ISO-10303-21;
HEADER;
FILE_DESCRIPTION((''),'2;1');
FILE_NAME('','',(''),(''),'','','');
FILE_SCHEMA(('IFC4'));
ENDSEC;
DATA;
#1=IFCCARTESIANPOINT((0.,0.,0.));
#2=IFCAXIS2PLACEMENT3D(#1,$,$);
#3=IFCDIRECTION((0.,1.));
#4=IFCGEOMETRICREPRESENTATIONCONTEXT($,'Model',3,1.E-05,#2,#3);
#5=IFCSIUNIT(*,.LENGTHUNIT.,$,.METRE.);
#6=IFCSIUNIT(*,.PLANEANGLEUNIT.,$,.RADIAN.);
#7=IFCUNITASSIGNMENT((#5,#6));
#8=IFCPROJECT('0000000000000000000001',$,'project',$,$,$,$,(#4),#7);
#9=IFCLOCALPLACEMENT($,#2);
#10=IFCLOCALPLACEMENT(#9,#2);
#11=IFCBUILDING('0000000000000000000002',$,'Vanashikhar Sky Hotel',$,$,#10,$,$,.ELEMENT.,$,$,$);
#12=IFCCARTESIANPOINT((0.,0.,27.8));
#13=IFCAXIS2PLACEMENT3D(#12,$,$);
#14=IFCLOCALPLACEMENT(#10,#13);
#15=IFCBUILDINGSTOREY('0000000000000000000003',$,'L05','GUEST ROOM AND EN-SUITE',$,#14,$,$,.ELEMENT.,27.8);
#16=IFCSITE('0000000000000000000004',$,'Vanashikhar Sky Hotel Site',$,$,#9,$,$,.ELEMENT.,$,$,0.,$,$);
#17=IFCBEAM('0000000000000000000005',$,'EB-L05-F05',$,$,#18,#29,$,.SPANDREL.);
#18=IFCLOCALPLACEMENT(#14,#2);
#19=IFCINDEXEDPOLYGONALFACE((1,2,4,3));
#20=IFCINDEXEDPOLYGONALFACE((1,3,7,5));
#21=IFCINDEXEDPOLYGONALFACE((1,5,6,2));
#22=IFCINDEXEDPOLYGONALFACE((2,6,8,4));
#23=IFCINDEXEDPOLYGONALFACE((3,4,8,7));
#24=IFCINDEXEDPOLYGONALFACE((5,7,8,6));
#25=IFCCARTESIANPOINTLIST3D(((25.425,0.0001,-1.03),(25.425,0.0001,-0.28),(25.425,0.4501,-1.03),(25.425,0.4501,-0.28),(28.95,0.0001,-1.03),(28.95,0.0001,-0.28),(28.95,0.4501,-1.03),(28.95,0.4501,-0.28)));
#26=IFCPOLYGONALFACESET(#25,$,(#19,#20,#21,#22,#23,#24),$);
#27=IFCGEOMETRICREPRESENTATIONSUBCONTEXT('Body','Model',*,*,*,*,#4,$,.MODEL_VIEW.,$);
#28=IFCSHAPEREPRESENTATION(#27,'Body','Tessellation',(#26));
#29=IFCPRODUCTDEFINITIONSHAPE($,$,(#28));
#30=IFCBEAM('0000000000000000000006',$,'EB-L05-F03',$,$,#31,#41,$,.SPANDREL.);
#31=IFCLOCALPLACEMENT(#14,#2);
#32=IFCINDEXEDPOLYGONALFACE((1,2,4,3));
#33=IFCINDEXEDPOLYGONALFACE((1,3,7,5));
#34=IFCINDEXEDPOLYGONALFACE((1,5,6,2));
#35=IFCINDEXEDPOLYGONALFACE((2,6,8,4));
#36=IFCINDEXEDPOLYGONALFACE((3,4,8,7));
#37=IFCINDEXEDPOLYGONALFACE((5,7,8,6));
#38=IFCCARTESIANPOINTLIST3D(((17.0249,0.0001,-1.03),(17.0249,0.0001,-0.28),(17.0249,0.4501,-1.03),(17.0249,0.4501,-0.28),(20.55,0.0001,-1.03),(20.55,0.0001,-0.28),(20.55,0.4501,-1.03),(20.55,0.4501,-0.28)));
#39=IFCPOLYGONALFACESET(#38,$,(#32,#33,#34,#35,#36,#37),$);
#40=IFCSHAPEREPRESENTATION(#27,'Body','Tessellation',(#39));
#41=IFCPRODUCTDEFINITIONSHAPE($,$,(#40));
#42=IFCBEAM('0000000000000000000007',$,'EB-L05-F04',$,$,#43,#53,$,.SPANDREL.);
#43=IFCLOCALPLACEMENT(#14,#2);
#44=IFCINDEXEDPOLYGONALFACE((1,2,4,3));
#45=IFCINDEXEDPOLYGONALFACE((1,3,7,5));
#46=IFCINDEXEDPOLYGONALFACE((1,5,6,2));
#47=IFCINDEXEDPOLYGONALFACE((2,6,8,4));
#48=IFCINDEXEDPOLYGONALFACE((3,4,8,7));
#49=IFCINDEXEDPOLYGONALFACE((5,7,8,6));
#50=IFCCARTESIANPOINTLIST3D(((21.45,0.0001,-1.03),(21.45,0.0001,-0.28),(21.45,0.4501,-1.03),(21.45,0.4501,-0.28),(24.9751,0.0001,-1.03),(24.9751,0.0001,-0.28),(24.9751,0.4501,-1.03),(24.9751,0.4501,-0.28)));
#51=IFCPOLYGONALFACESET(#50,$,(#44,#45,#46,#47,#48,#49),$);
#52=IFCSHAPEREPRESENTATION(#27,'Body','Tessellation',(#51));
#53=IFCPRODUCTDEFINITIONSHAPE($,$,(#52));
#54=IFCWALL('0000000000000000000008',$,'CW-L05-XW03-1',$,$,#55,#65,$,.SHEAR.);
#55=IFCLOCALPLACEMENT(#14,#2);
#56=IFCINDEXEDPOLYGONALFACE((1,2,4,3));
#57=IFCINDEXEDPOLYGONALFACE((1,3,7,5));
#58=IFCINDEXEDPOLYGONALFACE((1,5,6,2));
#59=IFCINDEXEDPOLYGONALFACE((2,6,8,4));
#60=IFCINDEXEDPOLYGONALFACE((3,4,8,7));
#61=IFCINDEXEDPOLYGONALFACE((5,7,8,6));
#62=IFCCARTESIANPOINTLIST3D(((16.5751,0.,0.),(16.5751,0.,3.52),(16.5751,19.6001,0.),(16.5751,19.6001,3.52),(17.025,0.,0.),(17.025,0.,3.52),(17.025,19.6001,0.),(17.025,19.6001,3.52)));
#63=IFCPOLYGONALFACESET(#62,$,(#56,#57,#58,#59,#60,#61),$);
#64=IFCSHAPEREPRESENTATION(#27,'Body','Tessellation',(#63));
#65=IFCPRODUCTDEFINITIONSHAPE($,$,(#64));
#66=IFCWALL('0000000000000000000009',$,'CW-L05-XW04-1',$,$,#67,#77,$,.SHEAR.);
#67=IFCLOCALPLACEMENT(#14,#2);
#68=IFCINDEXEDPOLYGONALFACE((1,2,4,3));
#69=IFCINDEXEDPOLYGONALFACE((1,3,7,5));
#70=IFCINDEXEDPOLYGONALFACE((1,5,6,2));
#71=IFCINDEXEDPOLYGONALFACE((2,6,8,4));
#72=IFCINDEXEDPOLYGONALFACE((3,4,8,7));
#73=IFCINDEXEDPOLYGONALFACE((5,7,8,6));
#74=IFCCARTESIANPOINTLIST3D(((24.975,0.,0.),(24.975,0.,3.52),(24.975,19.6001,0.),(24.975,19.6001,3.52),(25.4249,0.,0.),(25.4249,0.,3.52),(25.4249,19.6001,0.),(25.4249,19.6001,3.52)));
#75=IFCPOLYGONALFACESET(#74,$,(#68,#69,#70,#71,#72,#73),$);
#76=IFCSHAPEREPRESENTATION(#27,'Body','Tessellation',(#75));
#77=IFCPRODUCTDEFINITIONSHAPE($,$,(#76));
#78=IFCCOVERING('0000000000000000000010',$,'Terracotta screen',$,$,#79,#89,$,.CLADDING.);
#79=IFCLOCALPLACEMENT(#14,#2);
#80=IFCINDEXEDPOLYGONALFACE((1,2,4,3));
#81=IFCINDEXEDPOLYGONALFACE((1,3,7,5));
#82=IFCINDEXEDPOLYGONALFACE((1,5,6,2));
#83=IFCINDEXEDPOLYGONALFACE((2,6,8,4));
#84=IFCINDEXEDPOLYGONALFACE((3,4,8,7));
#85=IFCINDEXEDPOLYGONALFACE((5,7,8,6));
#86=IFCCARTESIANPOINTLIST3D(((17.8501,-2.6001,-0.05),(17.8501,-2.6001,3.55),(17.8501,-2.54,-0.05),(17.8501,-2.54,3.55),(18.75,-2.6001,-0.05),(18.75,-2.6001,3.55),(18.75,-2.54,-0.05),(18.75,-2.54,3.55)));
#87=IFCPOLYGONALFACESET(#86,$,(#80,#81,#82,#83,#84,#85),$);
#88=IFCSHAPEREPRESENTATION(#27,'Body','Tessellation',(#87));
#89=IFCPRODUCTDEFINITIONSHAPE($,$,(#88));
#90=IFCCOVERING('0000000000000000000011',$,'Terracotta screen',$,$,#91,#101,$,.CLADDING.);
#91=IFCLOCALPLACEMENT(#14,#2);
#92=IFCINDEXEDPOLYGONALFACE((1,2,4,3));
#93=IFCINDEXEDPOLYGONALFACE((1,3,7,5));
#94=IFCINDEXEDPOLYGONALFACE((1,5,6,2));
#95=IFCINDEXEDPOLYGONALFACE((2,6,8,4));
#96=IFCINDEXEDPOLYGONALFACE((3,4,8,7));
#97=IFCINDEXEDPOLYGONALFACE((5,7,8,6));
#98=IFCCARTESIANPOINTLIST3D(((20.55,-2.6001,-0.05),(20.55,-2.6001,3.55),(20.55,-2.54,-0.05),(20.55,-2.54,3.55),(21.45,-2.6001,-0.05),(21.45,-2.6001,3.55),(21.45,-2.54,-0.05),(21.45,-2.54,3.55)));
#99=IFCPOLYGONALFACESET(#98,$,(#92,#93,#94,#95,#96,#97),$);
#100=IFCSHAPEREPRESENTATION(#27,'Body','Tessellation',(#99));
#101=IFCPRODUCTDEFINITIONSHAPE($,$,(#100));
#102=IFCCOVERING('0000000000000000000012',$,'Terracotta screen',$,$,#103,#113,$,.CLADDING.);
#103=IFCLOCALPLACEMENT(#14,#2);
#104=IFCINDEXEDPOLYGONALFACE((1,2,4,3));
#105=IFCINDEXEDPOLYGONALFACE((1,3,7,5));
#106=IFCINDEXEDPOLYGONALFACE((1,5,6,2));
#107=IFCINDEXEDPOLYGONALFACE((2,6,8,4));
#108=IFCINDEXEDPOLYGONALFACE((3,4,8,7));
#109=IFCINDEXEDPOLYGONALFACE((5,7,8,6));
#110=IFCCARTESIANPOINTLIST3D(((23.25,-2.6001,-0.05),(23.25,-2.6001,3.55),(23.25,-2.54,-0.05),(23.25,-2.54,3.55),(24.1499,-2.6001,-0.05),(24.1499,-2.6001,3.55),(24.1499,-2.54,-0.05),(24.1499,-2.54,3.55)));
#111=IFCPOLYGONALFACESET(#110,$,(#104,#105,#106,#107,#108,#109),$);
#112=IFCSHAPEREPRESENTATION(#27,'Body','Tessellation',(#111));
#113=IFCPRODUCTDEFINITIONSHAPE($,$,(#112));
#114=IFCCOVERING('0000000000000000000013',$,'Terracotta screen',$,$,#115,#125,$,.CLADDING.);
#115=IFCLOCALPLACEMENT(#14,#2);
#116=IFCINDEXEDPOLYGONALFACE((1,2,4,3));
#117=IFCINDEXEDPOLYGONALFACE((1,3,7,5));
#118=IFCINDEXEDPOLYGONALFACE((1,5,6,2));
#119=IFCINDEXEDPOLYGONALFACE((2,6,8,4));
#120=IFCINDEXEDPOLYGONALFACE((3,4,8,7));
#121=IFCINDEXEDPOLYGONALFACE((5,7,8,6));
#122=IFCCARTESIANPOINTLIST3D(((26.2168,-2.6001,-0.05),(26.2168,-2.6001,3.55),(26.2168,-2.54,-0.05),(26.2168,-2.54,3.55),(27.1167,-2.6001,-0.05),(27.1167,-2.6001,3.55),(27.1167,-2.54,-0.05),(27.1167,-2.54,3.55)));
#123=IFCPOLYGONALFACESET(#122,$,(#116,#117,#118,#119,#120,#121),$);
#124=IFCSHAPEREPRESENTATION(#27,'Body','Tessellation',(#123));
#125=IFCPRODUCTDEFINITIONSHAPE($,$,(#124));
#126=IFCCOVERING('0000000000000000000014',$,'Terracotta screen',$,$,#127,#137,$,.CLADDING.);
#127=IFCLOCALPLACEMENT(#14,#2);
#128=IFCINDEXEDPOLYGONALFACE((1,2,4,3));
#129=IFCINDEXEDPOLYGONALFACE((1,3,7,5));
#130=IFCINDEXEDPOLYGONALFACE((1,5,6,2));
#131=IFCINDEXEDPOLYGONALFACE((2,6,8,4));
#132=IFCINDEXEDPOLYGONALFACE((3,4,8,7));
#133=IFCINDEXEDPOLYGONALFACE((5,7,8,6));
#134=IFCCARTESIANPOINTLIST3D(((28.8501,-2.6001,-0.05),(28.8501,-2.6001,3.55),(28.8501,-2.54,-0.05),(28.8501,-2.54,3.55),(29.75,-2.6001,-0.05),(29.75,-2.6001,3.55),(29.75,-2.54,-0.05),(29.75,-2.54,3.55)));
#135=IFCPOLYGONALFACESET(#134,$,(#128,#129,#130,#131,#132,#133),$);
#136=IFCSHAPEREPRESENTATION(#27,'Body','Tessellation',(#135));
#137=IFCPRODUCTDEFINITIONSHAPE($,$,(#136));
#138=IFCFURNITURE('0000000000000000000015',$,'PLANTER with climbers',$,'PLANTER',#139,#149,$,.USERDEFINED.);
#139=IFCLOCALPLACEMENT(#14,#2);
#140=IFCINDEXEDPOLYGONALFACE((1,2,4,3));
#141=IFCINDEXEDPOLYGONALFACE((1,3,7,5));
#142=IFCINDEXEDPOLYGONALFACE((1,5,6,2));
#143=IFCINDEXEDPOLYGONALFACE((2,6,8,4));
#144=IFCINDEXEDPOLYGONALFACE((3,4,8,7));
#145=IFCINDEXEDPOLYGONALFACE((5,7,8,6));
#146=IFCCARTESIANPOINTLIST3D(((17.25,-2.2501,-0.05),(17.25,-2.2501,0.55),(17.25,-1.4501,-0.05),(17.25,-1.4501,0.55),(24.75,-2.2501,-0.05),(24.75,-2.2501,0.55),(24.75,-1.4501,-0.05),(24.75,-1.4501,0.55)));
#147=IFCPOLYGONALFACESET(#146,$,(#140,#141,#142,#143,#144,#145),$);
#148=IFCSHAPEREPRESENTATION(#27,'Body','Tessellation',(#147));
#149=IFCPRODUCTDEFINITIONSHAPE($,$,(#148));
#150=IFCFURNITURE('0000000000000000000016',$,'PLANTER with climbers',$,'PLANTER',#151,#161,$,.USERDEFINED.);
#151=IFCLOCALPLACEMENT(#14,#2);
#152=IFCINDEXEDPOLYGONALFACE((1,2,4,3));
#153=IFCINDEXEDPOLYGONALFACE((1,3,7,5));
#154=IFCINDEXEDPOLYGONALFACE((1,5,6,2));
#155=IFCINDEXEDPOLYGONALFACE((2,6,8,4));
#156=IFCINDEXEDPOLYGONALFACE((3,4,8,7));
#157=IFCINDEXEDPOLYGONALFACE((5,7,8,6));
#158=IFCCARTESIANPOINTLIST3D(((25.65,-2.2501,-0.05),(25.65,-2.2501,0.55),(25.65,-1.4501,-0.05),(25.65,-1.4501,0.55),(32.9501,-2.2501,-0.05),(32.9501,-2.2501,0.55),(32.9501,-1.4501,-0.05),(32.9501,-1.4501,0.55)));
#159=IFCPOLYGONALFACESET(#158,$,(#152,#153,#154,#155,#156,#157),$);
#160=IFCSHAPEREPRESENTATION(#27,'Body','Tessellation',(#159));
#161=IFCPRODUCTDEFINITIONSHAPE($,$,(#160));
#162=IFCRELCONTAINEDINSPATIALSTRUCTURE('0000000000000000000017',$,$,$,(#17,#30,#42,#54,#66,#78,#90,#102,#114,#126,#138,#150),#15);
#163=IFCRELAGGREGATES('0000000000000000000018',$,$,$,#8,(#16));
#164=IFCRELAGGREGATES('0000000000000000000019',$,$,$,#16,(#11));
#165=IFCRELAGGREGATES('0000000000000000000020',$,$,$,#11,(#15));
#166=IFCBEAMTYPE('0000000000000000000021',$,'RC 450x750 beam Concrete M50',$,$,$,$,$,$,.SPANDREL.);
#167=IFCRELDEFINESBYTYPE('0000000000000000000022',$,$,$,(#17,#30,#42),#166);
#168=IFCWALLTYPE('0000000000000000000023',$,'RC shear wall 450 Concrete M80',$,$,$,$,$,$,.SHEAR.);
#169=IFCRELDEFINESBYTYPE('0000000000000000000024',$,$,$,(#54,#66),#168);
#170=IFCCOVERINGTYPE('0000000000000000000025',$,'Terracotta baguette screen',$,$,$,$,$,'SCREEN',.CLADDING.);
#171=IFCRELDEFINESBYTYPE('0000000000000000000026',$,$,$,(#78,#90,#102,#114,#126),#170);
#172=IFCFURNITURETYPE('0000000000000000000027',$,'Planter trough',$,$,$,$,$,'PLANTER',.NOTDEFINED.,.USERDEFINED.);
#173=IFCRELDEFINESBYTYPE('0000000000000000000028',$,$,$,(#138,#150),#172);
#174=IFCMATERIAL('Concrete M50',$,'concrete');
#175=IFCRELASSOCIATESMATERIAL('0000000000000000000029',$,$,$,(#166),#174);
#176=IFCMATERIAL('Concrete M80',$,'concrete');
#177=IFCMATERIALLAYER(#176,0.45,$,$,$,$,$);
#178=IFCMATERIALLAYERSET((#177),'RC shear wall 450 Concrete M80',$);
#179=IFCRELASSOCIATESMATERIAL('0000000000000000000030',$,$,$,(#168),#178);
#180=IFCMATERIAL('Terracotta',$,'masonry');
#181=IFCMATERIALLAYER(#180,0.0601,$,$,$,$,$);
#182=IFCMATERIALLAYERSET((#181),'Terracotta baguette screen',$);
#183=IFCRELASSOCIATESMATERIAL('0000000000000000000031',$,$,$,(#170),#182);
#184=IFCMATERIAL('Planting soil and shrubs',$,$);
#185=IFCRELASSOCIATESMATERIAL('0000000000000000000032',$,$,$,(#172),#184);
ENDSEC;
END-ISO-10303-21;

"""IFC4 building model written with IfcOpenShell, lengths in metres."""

from ifc_helpers import new_model, si_unit, direction, frame, frame_2d, origin, origin_2d, place, context, subcontext, project, spatial, rectangle, extrude, source, transform, mapped, material, layer, layer_set, material_profile, profile_set, type_object, element, save


model = new_model("IFC4")

# Units and contexts
model_context = context("Model", 3, precision=1e-05, world=origin(), true_north=direction((0.0, 1.0)))
body_context = subcontext(model_context, "Body", "Model", "MODEL_VIEW")
ifc_project = project(units=[si_unit("LENGTHUNIT", "METRE"), si_unit("PLANEANGLEUNIT", "RADIAN")], contexts=[model_context])

# Site, building, storey
site_placement = place(None, origin())
site = spatial("IfcSite", under=ifc_project, at=site_placement, Name="Vanashikhar Sky Hotel Site", CompositionType="ELEMENT", RefElevation=0.0)
building_placement = place(site_placement, origin())
building = spatial("IfcBuilding", under=site, at=building_placement, Name="Vanashikhar Sky Hotel", CompositionType="ELEMENT")
storey_placement = place(building_placement, frame((0.0, 0.0, 27.8)))
storey = spatial("IfcBuildingStorey", under=building, at=storey_placement, Name="L05", Description="GUEST ROOM AND EN-SUITE", CompositionType="ELEMENT", Elevation=27.8)

# Beams
ifc_material_1 = material(Name="Concrete M50", Category="concrete")
ifc_material_profile = material_profile(ifc_material_1, rectangle(XDim=0.45, YDim=0.75, at=origin_2d()))
ifc_profile_set = profile_set([ifc_material_profile], Name="RC 450x750 beam Concrete M50")
beam_type = type_object("IfcBeamType", Name="RC 450x750 beam Concrete M50", PredefinedType="SPANDREL", material=ifc_profile_set)
shared_shape_1 = source(origin(), body_context, "Body", "SweptSolid", [
    extrude(rectangle(XDim=0.45, YDim=0.75, at=origin_2d()), origin(), (0.0, 0.0, 1.0), 3.5249),
])
beam_placement = place(storey_placement, frame((25.425, 0.2251, -0.655), z_axis=(1.0, 0.0, 0.0), x_axis=(0.0, 1.0, 0.0)))
element("IfcBeam", 1, at=beam_placement, inside=storey, type_object=beam_type, Name="EB-L05-F05", PredefinedType="SPANDREL", context=body_context, shape_type="MappedRepresentation", body=[
    mapped(shared_shape_1, transform((0.0, 0.0, 0.0), scale=1.0)),
])
shared_shape_2 = source(origin(), body_context, "Body", "SweptSolid", [
    extrude(rectangle(XDim=0.45, YDim=0.75, at=origin_2d()), origin(), (0.0, 0.0, 1.0), 3.5251),
])
for number, where, z_axis, x_axis, name in (
    (2, (17.0249, 0.2251, -0.655), (1.0, 0.0, 0.0), (0.0, 1.0, 0.0), "EB-L05-F03"),
    (3, (21.45, 0.2251, -0.655), (1.0, 0.0, 0.0), (0.0, 1.0, 0.0), "EB-L05-F04"),
):
    element("IfcBeam", number, at=place(storey_placement, frame(where, z_axis=z_axis, x_axis=x_axis)), inside=storey, type_object=beam_type, Name=name, PredefinedType="SPANDREL", context=body_context, shape_type="MappedRepresentation", body=[
        mapped(shared_shape_2, transform((0.0, 0.0, 0.0), scale=1.0)),
    ])

# Walls
ifc_material_2 = material(Name="Concrete M80", Category="concrete")
ifc_layer_1 = layer(ifc_material_2, 0.45)
ifc_layer_set_1 = layer_set([ifc_layer_1], Name="RC shear wall 450 Concrete M80")
wall_type = type_object("IfcWallType", Name="RC shear wall 450 Concrete M80", PredefinedType="SHEAR", material=ifc_layer_set_1)
shared_shape_3 = source(origin(), body_context, "Body", "SweptSolid", [
    extrude(rectangle(XDim=19.6001, YDim=0.45, at=frame_2d((9.8, 0.0))), origin(), (0.0, 0.0, 1.0), 3.52),
])
for number, where, z_axis, x_axis, name in (
    (4, (16.8, 0.0, 0.0), (0.0, 0.0, 1.0), (0.0, 1.0, 0.0), "CW-L05-XW03-1"),
    (5, (25.2, 0.0, 0.0), (0.0, 0.0, 1.0), (0.0, 1.0, 0.0), "CW-L05-XW04-1"),
):
    element("IfcWall", number, at=place(storey_placement, frame(where, z_axis=z_axis, x_axis=x_axis)), inside=storey, type_object=wall_type, Name=name, PredefinedType="SHEAR", context=body_context, shape_type="MappedRepresentation", body=[
        mapped(shared_shape_3, transform((0.0, 0.0, 0.0), scale=1.0)),
    ])

# Coverings
ifc_material_3 = material(Name="Terracotta", Category="masonry")
ifc_layer_2 = layer(ifc_material_3, 0.0601)
ifc_layer_set_2 = layer_set([ifc_layer_2], Name="Terracotta baguette screen")
covering_type = type_object("IfcCoveringType", Name="Terracotta baguette screen", ElementType="SCREEN", PredefinedType="CLADDING", material=ifc_layer_set_2)
shared_shape_4 = source(origin(), body_context, "Body", "SweptSolid", [
    extrude(rectangle(XDim=0.8999, YDim=0.0601, at=origin_2d()), origin(), (0.0, 0.0, 1.0), 3.6001),
])
for number, where, z_axis, x_axis, name in (
    (6, (18.3, -2.5701, -0.05), (0.0, 0.0, 1.0), (1.0, 0.0, 0.0), "Terracotta screen"),
    (7, (21.0, -2.5701, -0.05), (0.0, 0.0, 1.0), (1.0, 0.0, 0.0), "Terracotta screen"),
    (8, (23.7, -2.5701, -0.05), (0.0, 0.0, 1.0), (1.0, 0.0, 0.0), "Terracotta screen"),
    (9, (26.6667, -2.5701, -0.05), (0.0, 0.0, 1.0), (1.0, 0.0, 0.0), "Terracotta screen"),
    (10, (29.3, -2.5701, -0.05), (0.0, 0.0, 1.0), (1.0, 0.0, 0.0), "Terracotta screen"),
):
    element("IfcCovering", number, at=place(storey_placement, frame(where, z_axis=z_axis, x_axis=x_axis)), inside=storey, type_object=covering_type, Name=name, PredefinedType="CLADDING", context=body_context, shape_type="MappedRepresentation", body=[
        mapped(shared_shape_4, transform((0.0, 0.0, 0.0), scale=1.0)),
    ])

# Furniture
ifc_material_4 = material(Name="Planting soil and shrubs")
furniture_type = type_object("IfcFurnitureType", Name="Planter trough", ElementType="PLANTER", AssemblyPlace="NOTDEFINED", PredefinedType="USERDEFINED", material=ifc_material_4)
shared_shape_5 = source(origin(), body_context, "Body", "SweptSolid", [
    extrude(rectangle(XDim=7.5, YDim=0.8, at=origin_2d()), origin(), (0.0, 0.0, 1.0), 0.6001),
])
furniture_1_placement = place(storey_placement, frame((21.0, -1.8501, -0.05), z_axis=(0.0, 0.0, 1.0), x_axis=(1.0, 0.0, 0.0)))
element("IfcFurniture", 11, at=furniture_1_placement, inside=storey, type_object=furniture_type, Name="PLANTER with climbers", ObjectType="PLANTER", PredefinedType="USERDEFINED", context=body_context, shape_type="MappedRepresentation", body=[
    mapped(shared_shape_5, transform((0.0, 0.0, 0.0), scale=1.0)),
])
shared_shape_6 = source(origin(), body_context, "Body", "SweptSolid", [
    extrude(rectangle(XDim=7.3, YDim=0.8, at=origin_2d()), origin(), (0.0, 0.0, 1.0), 0.6001),
])
furniture_2_placement = place(storey_placement, frame((29.3, -1.8501, -0.05), z_axis=(0.0, 0.0, 1.0), x_axis=(1.0, 0.0, 0.0)))
element("IfcFurniture", 12, at=furniture_2_placement, inside=storey, type_object=furniture_type, Name="PLANTER with climbers", ObjectType="PLANTER", PredefinedType="USERDEFINED", context=body_context, shape_type="MappedRepresentation", body=[
    mapped(shared_shape_6, transform((0.0, 0.0, 0.0), scale=1.0)),
])

save(model, "model.ifc")
